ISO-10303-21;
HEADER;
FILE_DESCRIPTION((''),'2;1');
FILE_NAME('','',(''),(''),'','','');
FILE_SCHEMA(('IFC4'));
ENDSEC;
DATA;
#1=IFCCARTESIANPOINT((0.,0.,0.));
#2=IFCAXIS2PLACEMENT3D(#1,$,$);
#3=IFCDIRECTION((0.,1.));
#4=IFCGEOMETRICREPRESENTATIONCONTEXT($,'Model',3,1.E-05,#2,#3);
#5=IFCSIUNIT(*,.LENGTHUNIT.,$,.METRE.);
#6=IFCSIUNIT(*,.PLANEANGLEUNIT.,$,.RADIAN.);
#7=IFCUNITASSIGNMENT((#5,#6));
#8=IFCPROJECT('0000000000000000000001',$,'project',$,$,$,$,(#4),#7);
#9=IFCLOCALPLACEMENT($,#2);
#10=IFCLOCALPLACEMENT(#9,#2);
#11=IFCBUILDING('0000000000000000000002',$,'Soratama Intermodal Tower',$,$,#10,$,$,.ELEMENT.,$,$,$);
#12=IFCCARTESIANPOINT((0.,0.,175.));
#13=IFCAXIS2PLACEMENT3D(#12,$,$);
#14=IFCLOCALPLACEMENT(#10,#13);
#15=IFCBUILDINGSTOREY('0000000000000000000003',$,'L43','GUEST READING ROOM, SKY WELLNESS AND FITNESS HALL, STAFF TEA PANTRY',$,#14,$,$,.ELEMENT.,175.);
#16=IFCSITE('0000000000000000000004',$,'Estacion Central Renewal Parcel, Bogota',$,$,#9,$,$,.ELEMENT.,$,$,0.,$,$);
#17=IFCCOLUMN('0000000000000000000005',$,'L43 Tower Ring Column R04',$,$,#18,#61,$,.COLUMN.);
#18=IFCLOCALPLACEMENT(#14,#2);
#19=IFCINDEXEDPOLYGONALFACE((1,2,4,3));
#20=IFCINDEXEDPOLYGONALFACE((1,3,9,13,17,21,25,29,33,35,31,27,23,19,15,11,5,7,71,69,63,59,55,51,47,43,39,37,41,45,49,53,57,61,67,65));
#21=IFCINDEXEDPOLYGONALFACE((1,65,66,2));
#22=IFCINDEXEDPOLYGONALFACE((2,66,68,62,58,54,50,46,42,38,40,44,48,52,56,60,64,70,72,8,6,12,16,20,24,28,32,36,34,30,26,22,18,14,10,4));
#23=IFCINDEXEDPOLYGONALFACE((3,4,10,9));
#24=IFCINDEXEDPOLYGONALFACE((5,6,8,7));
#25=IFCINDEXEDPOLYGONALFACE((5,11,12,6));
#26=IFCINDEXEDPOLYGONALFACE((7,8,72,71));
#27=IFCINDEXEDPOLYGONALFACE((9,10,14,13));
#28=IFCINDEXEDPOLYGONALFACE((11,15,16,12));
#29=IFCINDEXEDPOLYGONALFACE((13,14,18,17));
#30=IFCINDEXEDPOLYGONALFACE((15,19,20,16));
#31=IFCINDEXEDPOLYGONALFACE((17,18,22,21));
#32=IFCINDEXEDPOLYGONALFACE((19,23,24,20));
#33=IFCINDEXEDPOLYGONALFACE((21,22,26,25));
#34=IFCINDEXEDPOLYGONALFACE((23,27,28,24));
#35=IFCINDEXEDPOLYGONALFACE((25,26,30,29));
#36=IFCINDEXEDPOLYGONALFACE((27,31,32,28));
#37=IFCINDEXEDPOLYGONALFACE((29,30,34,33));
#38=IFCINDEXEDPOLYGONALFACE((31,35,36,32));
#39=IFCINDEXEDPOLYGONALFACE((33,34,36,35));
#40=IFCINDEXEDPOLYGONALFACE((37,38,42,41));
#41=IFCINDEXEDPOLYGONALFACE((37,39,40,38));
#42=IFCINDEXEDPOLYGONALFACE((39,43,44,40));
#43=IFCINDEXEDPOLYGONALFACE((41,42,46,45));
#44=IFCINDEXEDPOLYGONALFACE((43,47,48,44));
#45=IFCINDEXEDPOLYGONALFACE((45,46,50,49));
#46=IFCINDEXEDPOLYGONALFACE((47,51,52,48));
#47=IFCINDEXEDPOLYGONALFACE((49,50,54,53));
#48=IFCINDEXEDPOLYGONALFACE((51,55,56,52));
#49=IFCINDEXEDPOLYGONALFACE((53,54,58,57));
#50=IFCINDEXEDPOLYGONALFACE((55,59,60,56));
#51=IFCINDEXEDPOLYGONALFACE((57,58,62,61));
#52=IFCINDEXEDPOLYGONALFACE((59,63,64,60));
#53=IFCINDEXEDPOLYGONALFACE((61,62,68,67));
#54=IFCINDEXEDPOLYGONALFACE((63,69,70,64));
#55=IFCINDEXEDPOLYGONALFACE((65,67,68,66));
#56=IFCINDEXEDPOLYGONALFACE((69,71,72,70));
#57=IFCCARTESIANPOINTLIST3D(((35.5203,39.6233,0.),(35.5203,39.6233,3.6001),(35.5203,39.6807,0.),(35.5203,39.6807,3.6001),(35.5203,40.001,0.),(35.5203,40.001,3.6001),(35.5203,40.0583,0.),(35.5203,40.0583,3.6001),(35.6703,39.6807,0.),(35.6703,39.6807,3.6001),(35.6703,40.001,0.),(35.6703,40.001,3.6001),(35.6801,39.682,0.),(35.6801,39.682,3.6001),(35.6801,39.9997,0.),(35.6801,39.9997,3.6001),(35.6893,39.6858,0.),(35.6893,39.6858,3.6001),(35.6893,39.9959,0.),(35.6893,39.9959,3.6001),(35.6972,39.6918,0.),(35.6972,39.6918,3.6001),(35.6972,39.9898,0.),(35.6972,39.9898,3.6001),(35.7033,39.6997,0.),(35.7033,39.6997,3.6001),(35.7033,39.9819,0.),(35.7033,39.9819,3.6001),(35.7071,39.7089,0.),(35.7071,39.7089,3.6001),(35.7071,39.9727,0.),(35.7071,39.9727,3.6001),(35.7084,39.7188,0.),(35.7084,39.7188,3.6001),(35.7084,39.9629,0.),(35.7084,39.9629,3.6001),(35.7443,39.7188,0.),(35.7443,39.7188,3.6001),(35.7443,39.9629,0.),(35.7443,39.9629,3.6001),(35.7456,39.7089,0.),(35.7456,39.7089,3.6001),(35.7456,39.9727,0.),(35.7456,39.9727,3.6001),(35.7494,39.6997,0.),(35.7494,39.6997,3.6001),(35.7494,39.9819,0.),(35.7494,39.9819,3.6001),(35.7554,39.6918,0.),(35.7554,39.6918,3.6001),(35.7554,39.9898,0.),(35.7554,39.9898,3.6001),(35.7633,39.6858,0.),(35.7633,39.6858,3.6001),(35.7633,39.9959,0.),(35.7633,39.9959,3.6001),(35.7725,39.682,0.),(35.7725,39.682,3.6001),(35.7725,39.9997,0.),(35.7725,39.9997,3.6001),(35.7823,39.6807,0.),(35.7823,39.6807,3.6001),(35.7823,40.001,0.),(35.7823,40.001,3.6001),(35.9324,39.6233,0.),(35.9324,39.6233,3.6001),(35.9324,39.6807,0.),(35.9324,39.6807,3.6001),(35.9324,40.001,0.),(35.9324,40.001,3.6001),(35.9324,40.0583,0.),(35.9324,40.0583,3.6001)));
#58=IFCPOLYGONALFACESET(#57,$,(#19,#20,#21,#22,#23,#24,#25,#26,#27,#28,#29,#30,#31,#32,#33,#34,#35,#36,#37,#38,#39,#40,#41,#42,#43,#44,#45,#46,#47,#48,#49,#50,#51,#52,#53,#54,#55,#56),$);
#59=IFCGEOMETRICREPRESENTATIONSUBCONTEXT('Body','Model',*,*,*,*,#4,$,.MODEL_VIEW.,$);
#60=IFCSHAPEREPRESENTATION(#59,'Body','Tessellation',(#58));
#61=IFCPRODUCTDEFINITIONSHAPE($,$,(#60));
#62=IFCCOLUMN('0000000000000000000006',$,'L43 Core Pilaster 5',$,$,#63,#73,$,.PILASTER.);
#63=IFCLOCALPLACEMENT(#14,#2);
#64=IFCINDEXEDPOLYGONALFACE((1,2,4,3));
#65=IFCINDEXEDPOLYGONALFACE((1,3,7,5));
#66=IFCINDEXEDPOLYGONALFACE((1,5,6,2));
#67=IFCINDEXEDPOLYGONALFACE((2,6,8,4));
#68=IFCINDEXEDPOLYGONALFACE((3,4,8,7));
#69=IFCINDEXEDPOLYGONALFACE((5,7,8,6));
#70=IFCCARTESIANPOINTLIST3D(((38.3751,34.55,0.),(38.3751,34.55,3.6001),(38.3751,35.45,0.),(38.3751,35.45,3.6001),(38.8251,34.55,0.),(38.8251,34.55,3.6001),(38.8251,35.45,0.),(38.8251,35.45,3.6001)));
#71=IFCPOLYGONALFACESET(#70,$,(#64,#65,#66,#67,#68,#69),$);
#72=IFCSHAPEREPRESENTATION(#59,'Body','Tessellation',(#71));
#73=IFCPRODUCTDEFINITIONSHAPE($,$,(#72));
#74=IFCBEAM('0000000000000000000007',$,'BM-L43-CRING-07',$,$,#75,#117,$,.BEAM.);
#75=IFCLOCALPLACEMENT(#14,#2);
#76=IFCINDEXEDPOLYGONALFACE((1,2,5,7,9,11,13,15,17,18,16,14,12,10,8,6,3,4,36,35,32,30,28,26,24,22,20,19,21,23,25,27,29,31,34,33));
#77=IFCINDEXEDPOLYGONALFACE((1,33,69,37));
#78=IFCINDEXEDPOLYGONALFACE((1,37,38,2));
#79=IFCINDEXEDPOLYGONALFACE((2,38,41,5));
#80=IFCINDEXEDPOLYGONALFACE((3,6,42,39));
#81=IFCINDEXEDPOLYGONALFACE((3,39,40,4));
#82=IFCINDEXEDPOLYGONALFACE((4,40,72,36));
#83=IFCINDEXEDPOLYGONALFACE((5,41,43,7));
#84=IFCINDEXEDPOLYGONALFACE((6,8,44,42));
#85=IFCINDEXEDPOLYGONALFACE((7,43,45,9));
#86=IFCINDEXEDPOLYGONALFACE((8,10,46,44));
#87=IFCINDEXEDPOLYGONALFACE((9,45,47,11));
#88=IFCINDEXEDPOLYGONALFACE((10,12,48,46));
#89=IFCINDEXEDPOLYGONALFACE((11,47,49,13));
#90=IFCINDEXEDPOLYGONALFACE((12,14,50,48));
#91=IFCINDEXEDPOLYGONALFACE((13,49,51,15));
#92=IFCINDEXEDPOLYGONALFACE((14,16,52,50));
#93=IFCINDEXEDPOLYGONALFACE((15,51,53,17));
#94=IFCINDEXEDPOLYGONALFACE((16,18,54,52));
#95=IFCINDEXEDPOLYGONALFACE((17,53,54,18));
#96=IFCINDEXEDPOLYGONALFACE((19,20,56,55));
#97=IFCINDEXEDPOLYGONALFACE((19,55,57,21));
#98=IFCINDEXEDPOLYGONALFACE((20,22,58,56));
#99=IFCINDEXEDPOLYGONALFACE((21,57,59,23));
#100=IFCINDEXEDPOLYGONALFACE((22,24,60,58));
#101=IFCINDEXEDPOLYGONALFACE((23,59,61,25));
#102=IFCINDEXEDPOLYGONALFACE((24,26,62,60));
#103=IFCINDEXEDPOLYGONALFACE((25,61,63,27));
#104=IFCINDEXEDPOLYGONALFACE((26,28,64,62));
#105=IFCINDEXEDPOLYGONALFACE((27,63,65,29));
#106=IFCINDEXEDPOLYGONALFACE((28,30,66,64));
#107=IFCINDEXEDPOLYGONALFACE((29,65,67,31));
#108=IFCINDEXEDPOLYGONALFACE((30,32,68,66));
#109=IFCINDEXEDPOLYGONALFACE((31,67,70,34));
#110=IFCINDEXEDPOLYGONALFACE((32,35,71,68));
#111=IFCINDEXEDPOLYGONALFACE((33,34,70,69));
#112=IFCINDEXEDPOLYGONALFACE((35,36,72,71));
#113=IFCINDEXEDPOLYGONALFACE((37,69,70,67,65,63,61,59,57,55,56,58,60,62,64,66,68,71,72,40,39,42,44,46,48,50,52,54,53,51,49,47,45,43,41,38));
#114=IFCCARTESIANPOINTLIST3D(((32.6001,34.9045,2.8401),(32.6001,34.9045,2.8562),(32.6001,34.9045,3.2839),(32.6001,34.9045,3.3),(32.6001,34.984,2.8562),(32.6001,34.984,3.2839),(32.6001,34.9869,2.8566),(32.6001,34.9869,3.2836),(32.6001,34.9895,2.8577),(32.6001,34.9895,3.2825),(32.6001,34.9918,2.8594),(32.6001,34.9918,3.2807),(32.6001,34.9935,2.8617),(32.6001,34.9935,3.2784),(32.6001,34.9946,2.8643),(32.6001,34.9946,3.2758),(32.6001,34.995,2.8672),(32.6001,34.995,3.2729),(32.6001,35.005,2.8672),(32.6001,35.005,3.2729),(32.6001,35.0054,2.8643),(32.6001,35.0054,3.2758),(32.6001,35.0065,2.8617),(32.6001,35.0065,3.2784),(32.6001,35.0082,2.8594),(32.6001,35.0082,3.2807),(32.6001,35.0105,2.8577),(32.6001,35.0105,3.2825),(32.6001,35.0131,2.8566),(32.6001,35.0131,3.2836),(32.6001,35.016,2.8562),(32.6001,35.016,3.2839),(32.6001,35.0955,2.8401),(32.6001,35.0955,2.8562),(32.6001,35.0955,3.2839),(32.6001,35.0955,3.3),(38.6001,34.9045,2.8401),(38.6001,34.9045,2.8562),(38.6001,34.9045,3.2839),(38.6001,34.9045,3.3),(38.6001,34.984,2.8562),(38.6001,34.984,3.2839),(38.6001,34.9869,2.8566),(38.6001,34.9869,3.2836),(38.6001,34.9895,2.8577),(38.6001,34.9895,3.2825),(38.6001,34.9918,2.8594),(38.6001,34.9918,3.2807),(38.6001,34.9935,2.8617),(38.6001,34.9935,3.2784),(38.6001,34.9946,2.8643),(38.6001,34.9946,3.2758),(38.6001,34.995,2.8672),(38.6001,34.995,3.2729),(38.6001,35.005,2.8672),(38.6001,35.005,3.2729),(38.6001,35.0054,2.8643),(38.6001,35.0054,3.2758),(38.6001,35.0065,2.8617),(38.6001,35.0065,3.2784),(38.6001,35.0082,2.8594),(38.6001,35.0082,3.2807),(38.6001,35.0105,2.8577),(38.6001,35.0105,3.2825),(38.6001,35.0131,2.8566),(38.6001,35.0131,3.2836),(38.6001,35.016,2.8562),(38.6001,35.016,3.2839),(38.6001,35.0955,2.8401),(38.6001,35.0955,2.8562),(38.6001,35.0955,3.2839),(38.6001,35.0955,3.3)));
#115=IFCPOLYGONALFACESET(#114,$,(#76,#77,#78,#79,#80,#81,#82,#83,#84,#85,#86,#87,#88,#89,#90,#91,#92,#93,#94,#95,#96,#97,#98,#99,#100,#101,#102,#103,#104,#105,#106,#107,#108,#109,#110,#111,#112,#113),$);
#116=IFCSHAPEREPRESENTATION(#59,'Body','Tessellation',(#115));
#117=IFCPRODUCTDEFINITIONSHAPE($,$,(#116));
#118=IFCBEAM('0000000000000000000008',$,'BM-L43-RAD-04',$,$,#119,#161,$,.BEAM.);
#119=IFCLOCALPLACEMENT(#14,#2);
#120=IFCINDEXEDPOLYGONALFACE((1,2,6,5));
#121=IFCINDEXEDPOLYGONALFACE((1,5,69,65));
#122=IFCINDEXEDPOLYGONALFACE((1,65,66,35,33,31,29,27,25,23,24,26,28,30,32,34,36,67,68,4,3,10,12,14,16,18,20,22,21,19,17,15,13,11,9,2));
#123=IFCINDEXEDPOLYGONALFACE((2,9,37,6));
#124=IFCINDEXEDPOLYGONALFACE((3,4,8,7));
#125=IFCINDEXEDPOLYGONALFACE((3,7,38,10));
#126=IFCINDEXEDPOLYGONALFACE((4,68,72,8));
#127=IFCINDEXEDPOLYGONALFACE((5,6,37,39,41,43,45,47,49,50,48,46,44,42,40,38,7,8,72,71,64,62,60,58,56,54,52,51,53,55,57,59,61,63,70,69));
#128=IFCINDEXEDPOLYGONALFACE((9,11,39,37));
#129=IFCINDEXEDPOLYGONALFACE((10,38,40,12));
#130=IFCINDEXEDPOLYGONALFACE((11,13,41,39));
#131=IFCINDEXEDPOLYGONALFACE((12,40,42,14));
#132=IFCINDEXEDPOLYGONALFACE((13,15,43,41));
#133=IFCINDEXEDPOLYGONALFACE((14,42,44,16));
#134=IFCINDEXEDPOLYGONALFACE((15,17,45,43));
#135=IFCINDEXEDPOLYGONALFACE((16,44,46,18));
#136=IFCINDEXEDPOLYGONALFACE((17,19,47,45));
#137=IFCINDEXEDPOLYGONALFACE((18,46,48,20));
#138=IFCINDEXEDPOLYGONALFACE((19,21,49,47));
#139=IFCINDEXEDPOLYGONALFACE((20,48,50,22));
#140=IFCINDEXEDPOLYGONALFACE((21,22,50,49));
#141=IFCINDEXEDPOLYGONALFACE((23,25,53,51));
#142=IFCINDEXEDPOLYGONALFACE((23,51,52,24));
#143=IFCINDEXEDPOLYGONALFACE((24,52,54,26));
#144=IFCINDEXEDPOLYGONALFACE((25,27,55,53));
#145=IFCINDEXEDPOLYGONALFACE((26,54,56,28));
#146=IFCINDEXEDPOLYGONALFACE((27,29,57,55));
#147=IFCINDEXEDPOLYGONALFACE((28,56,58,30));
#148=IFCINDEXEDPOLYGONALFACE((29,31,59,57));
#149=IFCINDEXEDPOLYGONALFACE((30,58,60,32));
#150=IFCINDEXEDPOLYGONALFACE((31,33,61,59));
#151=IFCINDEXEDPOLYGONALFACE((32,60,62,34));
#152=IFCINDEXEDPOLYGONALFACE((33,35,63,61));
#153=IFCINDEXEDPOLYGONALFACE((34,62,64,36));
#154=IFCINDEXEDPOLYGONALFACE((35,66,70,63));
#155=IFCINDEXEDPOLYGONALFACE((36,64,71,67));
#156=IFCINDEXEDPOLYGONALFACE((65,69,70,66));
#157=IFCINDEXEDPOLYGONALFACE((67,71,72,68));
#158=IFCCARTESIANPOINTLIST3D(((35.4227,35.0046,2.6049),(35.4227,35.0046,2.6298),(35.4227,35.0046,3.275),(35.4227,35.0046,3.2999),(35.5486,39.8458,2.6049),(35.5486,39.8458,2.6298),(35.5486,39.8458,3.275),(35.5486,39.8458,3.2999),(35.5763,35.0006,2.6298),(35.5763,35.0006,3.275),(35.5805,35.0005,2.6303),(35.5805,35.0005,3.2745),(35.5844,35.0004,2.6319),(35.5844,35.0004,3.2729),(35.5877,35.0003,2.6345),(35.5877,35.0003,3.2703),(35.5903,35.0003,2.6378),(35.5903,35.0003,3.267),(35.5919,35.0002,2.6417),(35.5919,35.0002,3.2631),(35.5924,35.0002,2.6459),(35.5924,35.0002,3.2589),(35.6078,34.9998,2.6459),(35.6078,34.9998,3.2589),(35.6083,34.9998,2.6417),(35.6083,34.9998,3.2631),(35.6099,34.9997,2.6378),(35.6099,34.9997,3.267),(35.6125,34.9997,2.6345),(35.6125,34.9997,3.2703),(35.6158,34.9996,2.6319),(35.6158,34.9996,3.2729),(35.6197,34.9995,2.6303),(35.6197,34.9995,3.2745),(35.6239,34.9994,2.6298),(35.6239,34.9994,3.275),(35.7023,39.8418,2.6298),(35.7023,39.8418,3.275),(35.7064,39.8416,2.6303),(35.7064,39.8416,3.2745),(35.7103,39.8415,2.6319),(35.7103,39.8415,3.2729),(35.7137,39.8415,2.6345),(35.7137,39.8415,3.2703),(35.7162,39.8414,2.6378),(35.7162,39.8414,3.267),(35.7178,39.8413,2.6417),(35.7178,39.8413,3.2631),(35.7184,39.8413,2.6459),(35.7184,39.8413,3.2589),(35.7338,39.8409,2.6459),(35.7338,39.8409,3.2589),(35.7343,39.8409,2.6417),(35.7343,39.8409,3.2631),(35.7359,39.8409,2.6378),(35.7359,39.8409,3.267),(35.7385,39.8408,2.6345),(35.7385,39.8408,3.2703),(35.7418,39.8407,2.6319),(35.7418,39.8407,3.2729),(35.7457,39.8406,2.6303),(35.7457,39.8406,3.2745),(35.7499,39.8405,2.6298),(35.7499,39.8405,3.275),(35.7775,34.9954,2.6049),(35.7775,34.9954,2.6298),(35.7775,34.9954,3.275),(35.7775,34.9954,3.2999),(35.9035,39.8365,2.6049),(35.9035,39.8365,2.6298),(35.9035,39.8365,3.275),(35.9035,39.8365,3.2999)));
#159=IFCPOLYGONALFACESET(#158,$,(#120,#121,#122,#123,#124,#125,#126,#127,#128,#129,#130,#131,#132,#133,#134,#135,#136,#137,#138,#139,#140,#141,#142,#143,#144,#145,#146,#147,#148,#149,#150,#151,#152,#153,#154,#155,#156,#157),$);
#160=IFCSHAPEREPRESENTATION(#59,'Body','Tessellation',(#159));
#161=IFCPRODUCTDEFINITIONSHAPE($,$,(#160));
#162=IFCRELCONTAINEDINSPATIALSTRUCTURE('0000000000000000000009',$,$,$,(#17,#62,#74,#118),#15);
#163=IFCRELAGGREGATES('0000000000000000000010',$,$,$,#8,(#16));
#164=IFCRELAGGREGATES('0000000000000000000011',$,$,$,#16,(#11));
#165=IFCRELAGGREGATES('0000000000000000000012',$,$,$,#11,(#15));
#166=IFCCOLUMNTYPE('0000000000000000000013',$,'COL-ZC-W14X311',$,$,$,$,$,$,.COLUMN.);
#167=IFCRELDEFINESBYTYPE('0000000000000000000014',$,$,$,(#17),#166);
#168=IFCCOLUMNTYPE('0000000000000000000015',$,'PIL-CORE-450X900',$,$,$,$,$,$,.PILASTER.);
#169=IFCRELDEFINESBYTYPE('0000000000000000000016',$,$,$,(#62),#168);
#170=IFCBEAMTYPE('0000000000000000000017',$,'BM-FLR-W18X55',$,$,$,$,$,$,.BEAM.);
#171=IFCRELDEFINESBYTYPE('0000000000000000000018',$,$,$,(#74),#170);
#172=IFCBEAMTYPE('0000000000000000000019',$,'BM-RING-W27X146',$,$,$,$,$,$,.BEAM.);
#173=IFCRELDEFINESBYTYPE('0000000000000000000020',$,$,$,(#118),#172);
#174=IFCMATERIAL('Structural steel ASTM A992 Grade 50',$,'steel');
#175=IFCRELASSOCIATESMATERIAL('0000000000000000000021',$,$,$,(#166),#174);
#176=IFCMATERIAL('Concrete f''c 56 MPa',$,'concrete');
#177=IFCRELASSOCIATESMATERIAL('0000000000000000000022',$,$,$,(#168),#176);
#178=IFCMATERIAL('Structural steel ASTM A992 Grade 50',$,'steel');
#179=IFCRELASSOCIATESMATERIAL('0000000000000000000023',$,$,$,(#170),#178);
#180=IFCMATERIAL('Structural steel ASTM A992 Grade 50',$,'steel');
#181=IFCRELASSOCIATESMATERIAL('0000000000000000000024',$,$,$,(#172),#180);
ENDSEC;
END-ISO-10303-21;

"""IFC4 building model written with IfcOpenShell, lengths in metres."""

from ifc_helpers import new_model, si_unit, direction, frame, origin, origin_2d, place, context, subcontext, project, spatial, rectangle, i_section, extrude, material, material_profile, profile_set, type_object, element, save


model = new_model("IFC4")

# Units and contexts
model_context = context("Model", 3, precision=1e-05, world=origin(), true_north=direction((0.0, 1.0)))
body_context = subcontext(model_context, "Body", "Model", "MODEL_VIEW")
ifc_project = project(units=[si_unit("LENGTHUNIT", "METRE"), si_unit("PLANEANGLEUNIT", "RADIAN")], contexts=[model_context])

# Site, building, storey
site_placement = place(None, origin())
site = spatial("IfcSite", under=ifc_project, at=site_placement, Name="Estacion Central Renewal Parcel, Bogota", CompositionType="ELEMENT", RefElevation=0.0)
building_placement = place(site_placement, origin())
building = spatial("IfcBuilding", under=site, at=building_placement, Name="Soratama Intermodal Tower", CompositionType="ELEMENT")
storey_placement = place(building_placement, frame((0.0, 0.0, 175.0)))
storey = spatial("IfcBuildingStorey", under=building, at=storey_placement, Name="L43", Description="GUEST READING ROOM, SKY WELLNESS AND FITNESS HALL, STAFF TEA PANTRY", CompositionType="ELEMENT", Elevation=175.0)

# Columns
ifc_material_1 = material(Name="Structural steel ASTM A992 Grade 50", Category="steel")
ifc_material_profile_1 = material_profile(ifc_material_1, i_section(OverallWidth=0.4121, OverallDepth=0.4351, WebThickness=0.0359, FlangeThickness=0.0574, FilletRadius=0.0381, at=origin_2d()), Name="W14X311")
ifc_profile_set_1 = profile_set([ifc_material_profile_1], Name="Structural steel ASTM A992 Grade 50")
column_type_1 = type_object("IfcColumnType", Name="COL-ZC-W14X311", PredefinedType="COLUMN", material=ifc_profile_set_1)
column_1_placement = place(storey_placement, frame((35.7263, 39.8408, 0.0), z_axis=(0.0, 0.0, 1.0), x_axis=(1.0, 0.0, 0.0)))
element("IfcColumn", 1, at=column_1_placement, inside=storey, type_object=column_type_1, Name="L43 Tower Ring Column R04", PredefinedType="COLUMN", context=body_context, shape_type="SweptSolid", body=[
    extrude(i_section(OverallWidth=0.4121, OverallDepth=0.4351, WebThickness=0.0359, FlangeThickness=0.0574, FilletRadius=0.0381, at=origin_2d()), origin(), (0.0, 0.0, 1.0), 3.6001),
])
ifc_material_2 = material(Name="Concrete f'c 56 MPa", Category="concrete")
ifc_material_profile_2 = material_profile(ifc_material_2, rectangle(XDim=0.45, YDim=0.8999, at=origin_2d()), Name="RC450X900")
ifc_profile_set_2 = profile_set([ifc_material_profile_2], Name="Concrete f'c 56 MPa")
column_type_2 = type_object("IfcColumnType", Name="PIL-CORE-450X900", PredefinedType="PILASTER", material=ifc_profile_set_2)
column_2_placement = place(storey_placement, frame((38.6001, 35.0, 0.0), z_axis=(0.0, 0.0, 1.0), x_axis=(1.0, 0.0, 0.0)))
element("IfcColumn", 2, at=column_2_placement, inside=storey, type_object=column_type_2, Name="L43 Core Pilaster 5", PredefinedType="PILASTER", context=body_context, shape_type="SweptSolid", body=[
    extrude(rectangle(XDim=0.45, YDim=0.8999, at=origin_2d()), origin(), (0.0, 0.0, 1.0), 3.6001),
])

# Beams
ifc_material_3 = material(Name="Structural steel ASTM A992 Grade 50", Category="steel")
ifc_material_profile_3 = material_profile(ifc_material_3, i_section(OverallWidth=0.1909, OverallDepth=0.46, WebThickness=0.01, FlangeThickness=0.0161, FilletRadius=0.011, at=origin_2d()), Name="W18X55")
ifc_profile_set_3 = profile_set([ifc_material_profile_3], Name="Structural steel ASTM A992 Grade 50")
beam_type_1 = type_object("IfcBeamType", Name="BM-FLR-W18X55", PredefinedType="BEAM", material=ifc_profile_set_3)
beam_1_placement = place(storey_placement, frame((38.6001, 35.0, 3.0701), z_axis=(-1.0, 0.0, 0.0), x_axis=(0.0, -1.0, 0.0)))
element("IfcBeam", 3, at=beam_1_placement, inside=storey, type_object=beam_type_1, Name="BM-L43-CRING-07", PredefinedType="BEAM", context=body_context, shape_type="SweptSolid", body=[
    extrude(i_section(OverallWidth=0.1909, OverallDepth=0.46, WebThickness=0.01, FlangeThickness=0.0161, FilletRadius=0.011, at=origin_2d()), origin(), (0.0, 0.0, 1.0), 6.0),
])
ifc_material_4 = material(Name="Structural steel ASTM A992 Grade 50", Category="steel")
ifc_material_profile_4 = material_profile(ifc_material_4, i_section(OverallWidth=0.355, OverallDepth=0.6951, WebThickness=0.0154, FlangeThickness=0.0249, FilletRadius=0.0161, at=origin_2d()), Name="W27X146")
ifc_profile_set_4 = profile_set([ifc_material_profile_4], Name="Structural steel ASTM A992 Grade 50")
beam_type_2 = type_object("IfcBeamType", Name="BM-RING-W27X146", PredefinedType="BEAM", material=ifc_profile_set_4)
beam_2_placement = place(storey_placement, frame((35.6001, 35.0, 2.9524), z_axis=(0.026014, 0.999662, 0.0), x_axis=(-0.999662, 0.026014, 0.0)))
element("IfcBeam", 4, at=beam_2_placement, inside=storey, type_object=beam_type_2, Name="BM-L43-RAD-04", PredefinedType="BEAM", context=body_context, shape_type="SweptSolid", body=[
    extrude(i_section(OverallWidth=0.355, OverallDepth=0.6951, WebThickness=0.0154, FlangeThickness=0.0249, FilletRadius=0.0161, at=origin_2d()), origin(), (0.0, 0.0, 1.0), 4.8428),
])

save(model, "model.ifc")
